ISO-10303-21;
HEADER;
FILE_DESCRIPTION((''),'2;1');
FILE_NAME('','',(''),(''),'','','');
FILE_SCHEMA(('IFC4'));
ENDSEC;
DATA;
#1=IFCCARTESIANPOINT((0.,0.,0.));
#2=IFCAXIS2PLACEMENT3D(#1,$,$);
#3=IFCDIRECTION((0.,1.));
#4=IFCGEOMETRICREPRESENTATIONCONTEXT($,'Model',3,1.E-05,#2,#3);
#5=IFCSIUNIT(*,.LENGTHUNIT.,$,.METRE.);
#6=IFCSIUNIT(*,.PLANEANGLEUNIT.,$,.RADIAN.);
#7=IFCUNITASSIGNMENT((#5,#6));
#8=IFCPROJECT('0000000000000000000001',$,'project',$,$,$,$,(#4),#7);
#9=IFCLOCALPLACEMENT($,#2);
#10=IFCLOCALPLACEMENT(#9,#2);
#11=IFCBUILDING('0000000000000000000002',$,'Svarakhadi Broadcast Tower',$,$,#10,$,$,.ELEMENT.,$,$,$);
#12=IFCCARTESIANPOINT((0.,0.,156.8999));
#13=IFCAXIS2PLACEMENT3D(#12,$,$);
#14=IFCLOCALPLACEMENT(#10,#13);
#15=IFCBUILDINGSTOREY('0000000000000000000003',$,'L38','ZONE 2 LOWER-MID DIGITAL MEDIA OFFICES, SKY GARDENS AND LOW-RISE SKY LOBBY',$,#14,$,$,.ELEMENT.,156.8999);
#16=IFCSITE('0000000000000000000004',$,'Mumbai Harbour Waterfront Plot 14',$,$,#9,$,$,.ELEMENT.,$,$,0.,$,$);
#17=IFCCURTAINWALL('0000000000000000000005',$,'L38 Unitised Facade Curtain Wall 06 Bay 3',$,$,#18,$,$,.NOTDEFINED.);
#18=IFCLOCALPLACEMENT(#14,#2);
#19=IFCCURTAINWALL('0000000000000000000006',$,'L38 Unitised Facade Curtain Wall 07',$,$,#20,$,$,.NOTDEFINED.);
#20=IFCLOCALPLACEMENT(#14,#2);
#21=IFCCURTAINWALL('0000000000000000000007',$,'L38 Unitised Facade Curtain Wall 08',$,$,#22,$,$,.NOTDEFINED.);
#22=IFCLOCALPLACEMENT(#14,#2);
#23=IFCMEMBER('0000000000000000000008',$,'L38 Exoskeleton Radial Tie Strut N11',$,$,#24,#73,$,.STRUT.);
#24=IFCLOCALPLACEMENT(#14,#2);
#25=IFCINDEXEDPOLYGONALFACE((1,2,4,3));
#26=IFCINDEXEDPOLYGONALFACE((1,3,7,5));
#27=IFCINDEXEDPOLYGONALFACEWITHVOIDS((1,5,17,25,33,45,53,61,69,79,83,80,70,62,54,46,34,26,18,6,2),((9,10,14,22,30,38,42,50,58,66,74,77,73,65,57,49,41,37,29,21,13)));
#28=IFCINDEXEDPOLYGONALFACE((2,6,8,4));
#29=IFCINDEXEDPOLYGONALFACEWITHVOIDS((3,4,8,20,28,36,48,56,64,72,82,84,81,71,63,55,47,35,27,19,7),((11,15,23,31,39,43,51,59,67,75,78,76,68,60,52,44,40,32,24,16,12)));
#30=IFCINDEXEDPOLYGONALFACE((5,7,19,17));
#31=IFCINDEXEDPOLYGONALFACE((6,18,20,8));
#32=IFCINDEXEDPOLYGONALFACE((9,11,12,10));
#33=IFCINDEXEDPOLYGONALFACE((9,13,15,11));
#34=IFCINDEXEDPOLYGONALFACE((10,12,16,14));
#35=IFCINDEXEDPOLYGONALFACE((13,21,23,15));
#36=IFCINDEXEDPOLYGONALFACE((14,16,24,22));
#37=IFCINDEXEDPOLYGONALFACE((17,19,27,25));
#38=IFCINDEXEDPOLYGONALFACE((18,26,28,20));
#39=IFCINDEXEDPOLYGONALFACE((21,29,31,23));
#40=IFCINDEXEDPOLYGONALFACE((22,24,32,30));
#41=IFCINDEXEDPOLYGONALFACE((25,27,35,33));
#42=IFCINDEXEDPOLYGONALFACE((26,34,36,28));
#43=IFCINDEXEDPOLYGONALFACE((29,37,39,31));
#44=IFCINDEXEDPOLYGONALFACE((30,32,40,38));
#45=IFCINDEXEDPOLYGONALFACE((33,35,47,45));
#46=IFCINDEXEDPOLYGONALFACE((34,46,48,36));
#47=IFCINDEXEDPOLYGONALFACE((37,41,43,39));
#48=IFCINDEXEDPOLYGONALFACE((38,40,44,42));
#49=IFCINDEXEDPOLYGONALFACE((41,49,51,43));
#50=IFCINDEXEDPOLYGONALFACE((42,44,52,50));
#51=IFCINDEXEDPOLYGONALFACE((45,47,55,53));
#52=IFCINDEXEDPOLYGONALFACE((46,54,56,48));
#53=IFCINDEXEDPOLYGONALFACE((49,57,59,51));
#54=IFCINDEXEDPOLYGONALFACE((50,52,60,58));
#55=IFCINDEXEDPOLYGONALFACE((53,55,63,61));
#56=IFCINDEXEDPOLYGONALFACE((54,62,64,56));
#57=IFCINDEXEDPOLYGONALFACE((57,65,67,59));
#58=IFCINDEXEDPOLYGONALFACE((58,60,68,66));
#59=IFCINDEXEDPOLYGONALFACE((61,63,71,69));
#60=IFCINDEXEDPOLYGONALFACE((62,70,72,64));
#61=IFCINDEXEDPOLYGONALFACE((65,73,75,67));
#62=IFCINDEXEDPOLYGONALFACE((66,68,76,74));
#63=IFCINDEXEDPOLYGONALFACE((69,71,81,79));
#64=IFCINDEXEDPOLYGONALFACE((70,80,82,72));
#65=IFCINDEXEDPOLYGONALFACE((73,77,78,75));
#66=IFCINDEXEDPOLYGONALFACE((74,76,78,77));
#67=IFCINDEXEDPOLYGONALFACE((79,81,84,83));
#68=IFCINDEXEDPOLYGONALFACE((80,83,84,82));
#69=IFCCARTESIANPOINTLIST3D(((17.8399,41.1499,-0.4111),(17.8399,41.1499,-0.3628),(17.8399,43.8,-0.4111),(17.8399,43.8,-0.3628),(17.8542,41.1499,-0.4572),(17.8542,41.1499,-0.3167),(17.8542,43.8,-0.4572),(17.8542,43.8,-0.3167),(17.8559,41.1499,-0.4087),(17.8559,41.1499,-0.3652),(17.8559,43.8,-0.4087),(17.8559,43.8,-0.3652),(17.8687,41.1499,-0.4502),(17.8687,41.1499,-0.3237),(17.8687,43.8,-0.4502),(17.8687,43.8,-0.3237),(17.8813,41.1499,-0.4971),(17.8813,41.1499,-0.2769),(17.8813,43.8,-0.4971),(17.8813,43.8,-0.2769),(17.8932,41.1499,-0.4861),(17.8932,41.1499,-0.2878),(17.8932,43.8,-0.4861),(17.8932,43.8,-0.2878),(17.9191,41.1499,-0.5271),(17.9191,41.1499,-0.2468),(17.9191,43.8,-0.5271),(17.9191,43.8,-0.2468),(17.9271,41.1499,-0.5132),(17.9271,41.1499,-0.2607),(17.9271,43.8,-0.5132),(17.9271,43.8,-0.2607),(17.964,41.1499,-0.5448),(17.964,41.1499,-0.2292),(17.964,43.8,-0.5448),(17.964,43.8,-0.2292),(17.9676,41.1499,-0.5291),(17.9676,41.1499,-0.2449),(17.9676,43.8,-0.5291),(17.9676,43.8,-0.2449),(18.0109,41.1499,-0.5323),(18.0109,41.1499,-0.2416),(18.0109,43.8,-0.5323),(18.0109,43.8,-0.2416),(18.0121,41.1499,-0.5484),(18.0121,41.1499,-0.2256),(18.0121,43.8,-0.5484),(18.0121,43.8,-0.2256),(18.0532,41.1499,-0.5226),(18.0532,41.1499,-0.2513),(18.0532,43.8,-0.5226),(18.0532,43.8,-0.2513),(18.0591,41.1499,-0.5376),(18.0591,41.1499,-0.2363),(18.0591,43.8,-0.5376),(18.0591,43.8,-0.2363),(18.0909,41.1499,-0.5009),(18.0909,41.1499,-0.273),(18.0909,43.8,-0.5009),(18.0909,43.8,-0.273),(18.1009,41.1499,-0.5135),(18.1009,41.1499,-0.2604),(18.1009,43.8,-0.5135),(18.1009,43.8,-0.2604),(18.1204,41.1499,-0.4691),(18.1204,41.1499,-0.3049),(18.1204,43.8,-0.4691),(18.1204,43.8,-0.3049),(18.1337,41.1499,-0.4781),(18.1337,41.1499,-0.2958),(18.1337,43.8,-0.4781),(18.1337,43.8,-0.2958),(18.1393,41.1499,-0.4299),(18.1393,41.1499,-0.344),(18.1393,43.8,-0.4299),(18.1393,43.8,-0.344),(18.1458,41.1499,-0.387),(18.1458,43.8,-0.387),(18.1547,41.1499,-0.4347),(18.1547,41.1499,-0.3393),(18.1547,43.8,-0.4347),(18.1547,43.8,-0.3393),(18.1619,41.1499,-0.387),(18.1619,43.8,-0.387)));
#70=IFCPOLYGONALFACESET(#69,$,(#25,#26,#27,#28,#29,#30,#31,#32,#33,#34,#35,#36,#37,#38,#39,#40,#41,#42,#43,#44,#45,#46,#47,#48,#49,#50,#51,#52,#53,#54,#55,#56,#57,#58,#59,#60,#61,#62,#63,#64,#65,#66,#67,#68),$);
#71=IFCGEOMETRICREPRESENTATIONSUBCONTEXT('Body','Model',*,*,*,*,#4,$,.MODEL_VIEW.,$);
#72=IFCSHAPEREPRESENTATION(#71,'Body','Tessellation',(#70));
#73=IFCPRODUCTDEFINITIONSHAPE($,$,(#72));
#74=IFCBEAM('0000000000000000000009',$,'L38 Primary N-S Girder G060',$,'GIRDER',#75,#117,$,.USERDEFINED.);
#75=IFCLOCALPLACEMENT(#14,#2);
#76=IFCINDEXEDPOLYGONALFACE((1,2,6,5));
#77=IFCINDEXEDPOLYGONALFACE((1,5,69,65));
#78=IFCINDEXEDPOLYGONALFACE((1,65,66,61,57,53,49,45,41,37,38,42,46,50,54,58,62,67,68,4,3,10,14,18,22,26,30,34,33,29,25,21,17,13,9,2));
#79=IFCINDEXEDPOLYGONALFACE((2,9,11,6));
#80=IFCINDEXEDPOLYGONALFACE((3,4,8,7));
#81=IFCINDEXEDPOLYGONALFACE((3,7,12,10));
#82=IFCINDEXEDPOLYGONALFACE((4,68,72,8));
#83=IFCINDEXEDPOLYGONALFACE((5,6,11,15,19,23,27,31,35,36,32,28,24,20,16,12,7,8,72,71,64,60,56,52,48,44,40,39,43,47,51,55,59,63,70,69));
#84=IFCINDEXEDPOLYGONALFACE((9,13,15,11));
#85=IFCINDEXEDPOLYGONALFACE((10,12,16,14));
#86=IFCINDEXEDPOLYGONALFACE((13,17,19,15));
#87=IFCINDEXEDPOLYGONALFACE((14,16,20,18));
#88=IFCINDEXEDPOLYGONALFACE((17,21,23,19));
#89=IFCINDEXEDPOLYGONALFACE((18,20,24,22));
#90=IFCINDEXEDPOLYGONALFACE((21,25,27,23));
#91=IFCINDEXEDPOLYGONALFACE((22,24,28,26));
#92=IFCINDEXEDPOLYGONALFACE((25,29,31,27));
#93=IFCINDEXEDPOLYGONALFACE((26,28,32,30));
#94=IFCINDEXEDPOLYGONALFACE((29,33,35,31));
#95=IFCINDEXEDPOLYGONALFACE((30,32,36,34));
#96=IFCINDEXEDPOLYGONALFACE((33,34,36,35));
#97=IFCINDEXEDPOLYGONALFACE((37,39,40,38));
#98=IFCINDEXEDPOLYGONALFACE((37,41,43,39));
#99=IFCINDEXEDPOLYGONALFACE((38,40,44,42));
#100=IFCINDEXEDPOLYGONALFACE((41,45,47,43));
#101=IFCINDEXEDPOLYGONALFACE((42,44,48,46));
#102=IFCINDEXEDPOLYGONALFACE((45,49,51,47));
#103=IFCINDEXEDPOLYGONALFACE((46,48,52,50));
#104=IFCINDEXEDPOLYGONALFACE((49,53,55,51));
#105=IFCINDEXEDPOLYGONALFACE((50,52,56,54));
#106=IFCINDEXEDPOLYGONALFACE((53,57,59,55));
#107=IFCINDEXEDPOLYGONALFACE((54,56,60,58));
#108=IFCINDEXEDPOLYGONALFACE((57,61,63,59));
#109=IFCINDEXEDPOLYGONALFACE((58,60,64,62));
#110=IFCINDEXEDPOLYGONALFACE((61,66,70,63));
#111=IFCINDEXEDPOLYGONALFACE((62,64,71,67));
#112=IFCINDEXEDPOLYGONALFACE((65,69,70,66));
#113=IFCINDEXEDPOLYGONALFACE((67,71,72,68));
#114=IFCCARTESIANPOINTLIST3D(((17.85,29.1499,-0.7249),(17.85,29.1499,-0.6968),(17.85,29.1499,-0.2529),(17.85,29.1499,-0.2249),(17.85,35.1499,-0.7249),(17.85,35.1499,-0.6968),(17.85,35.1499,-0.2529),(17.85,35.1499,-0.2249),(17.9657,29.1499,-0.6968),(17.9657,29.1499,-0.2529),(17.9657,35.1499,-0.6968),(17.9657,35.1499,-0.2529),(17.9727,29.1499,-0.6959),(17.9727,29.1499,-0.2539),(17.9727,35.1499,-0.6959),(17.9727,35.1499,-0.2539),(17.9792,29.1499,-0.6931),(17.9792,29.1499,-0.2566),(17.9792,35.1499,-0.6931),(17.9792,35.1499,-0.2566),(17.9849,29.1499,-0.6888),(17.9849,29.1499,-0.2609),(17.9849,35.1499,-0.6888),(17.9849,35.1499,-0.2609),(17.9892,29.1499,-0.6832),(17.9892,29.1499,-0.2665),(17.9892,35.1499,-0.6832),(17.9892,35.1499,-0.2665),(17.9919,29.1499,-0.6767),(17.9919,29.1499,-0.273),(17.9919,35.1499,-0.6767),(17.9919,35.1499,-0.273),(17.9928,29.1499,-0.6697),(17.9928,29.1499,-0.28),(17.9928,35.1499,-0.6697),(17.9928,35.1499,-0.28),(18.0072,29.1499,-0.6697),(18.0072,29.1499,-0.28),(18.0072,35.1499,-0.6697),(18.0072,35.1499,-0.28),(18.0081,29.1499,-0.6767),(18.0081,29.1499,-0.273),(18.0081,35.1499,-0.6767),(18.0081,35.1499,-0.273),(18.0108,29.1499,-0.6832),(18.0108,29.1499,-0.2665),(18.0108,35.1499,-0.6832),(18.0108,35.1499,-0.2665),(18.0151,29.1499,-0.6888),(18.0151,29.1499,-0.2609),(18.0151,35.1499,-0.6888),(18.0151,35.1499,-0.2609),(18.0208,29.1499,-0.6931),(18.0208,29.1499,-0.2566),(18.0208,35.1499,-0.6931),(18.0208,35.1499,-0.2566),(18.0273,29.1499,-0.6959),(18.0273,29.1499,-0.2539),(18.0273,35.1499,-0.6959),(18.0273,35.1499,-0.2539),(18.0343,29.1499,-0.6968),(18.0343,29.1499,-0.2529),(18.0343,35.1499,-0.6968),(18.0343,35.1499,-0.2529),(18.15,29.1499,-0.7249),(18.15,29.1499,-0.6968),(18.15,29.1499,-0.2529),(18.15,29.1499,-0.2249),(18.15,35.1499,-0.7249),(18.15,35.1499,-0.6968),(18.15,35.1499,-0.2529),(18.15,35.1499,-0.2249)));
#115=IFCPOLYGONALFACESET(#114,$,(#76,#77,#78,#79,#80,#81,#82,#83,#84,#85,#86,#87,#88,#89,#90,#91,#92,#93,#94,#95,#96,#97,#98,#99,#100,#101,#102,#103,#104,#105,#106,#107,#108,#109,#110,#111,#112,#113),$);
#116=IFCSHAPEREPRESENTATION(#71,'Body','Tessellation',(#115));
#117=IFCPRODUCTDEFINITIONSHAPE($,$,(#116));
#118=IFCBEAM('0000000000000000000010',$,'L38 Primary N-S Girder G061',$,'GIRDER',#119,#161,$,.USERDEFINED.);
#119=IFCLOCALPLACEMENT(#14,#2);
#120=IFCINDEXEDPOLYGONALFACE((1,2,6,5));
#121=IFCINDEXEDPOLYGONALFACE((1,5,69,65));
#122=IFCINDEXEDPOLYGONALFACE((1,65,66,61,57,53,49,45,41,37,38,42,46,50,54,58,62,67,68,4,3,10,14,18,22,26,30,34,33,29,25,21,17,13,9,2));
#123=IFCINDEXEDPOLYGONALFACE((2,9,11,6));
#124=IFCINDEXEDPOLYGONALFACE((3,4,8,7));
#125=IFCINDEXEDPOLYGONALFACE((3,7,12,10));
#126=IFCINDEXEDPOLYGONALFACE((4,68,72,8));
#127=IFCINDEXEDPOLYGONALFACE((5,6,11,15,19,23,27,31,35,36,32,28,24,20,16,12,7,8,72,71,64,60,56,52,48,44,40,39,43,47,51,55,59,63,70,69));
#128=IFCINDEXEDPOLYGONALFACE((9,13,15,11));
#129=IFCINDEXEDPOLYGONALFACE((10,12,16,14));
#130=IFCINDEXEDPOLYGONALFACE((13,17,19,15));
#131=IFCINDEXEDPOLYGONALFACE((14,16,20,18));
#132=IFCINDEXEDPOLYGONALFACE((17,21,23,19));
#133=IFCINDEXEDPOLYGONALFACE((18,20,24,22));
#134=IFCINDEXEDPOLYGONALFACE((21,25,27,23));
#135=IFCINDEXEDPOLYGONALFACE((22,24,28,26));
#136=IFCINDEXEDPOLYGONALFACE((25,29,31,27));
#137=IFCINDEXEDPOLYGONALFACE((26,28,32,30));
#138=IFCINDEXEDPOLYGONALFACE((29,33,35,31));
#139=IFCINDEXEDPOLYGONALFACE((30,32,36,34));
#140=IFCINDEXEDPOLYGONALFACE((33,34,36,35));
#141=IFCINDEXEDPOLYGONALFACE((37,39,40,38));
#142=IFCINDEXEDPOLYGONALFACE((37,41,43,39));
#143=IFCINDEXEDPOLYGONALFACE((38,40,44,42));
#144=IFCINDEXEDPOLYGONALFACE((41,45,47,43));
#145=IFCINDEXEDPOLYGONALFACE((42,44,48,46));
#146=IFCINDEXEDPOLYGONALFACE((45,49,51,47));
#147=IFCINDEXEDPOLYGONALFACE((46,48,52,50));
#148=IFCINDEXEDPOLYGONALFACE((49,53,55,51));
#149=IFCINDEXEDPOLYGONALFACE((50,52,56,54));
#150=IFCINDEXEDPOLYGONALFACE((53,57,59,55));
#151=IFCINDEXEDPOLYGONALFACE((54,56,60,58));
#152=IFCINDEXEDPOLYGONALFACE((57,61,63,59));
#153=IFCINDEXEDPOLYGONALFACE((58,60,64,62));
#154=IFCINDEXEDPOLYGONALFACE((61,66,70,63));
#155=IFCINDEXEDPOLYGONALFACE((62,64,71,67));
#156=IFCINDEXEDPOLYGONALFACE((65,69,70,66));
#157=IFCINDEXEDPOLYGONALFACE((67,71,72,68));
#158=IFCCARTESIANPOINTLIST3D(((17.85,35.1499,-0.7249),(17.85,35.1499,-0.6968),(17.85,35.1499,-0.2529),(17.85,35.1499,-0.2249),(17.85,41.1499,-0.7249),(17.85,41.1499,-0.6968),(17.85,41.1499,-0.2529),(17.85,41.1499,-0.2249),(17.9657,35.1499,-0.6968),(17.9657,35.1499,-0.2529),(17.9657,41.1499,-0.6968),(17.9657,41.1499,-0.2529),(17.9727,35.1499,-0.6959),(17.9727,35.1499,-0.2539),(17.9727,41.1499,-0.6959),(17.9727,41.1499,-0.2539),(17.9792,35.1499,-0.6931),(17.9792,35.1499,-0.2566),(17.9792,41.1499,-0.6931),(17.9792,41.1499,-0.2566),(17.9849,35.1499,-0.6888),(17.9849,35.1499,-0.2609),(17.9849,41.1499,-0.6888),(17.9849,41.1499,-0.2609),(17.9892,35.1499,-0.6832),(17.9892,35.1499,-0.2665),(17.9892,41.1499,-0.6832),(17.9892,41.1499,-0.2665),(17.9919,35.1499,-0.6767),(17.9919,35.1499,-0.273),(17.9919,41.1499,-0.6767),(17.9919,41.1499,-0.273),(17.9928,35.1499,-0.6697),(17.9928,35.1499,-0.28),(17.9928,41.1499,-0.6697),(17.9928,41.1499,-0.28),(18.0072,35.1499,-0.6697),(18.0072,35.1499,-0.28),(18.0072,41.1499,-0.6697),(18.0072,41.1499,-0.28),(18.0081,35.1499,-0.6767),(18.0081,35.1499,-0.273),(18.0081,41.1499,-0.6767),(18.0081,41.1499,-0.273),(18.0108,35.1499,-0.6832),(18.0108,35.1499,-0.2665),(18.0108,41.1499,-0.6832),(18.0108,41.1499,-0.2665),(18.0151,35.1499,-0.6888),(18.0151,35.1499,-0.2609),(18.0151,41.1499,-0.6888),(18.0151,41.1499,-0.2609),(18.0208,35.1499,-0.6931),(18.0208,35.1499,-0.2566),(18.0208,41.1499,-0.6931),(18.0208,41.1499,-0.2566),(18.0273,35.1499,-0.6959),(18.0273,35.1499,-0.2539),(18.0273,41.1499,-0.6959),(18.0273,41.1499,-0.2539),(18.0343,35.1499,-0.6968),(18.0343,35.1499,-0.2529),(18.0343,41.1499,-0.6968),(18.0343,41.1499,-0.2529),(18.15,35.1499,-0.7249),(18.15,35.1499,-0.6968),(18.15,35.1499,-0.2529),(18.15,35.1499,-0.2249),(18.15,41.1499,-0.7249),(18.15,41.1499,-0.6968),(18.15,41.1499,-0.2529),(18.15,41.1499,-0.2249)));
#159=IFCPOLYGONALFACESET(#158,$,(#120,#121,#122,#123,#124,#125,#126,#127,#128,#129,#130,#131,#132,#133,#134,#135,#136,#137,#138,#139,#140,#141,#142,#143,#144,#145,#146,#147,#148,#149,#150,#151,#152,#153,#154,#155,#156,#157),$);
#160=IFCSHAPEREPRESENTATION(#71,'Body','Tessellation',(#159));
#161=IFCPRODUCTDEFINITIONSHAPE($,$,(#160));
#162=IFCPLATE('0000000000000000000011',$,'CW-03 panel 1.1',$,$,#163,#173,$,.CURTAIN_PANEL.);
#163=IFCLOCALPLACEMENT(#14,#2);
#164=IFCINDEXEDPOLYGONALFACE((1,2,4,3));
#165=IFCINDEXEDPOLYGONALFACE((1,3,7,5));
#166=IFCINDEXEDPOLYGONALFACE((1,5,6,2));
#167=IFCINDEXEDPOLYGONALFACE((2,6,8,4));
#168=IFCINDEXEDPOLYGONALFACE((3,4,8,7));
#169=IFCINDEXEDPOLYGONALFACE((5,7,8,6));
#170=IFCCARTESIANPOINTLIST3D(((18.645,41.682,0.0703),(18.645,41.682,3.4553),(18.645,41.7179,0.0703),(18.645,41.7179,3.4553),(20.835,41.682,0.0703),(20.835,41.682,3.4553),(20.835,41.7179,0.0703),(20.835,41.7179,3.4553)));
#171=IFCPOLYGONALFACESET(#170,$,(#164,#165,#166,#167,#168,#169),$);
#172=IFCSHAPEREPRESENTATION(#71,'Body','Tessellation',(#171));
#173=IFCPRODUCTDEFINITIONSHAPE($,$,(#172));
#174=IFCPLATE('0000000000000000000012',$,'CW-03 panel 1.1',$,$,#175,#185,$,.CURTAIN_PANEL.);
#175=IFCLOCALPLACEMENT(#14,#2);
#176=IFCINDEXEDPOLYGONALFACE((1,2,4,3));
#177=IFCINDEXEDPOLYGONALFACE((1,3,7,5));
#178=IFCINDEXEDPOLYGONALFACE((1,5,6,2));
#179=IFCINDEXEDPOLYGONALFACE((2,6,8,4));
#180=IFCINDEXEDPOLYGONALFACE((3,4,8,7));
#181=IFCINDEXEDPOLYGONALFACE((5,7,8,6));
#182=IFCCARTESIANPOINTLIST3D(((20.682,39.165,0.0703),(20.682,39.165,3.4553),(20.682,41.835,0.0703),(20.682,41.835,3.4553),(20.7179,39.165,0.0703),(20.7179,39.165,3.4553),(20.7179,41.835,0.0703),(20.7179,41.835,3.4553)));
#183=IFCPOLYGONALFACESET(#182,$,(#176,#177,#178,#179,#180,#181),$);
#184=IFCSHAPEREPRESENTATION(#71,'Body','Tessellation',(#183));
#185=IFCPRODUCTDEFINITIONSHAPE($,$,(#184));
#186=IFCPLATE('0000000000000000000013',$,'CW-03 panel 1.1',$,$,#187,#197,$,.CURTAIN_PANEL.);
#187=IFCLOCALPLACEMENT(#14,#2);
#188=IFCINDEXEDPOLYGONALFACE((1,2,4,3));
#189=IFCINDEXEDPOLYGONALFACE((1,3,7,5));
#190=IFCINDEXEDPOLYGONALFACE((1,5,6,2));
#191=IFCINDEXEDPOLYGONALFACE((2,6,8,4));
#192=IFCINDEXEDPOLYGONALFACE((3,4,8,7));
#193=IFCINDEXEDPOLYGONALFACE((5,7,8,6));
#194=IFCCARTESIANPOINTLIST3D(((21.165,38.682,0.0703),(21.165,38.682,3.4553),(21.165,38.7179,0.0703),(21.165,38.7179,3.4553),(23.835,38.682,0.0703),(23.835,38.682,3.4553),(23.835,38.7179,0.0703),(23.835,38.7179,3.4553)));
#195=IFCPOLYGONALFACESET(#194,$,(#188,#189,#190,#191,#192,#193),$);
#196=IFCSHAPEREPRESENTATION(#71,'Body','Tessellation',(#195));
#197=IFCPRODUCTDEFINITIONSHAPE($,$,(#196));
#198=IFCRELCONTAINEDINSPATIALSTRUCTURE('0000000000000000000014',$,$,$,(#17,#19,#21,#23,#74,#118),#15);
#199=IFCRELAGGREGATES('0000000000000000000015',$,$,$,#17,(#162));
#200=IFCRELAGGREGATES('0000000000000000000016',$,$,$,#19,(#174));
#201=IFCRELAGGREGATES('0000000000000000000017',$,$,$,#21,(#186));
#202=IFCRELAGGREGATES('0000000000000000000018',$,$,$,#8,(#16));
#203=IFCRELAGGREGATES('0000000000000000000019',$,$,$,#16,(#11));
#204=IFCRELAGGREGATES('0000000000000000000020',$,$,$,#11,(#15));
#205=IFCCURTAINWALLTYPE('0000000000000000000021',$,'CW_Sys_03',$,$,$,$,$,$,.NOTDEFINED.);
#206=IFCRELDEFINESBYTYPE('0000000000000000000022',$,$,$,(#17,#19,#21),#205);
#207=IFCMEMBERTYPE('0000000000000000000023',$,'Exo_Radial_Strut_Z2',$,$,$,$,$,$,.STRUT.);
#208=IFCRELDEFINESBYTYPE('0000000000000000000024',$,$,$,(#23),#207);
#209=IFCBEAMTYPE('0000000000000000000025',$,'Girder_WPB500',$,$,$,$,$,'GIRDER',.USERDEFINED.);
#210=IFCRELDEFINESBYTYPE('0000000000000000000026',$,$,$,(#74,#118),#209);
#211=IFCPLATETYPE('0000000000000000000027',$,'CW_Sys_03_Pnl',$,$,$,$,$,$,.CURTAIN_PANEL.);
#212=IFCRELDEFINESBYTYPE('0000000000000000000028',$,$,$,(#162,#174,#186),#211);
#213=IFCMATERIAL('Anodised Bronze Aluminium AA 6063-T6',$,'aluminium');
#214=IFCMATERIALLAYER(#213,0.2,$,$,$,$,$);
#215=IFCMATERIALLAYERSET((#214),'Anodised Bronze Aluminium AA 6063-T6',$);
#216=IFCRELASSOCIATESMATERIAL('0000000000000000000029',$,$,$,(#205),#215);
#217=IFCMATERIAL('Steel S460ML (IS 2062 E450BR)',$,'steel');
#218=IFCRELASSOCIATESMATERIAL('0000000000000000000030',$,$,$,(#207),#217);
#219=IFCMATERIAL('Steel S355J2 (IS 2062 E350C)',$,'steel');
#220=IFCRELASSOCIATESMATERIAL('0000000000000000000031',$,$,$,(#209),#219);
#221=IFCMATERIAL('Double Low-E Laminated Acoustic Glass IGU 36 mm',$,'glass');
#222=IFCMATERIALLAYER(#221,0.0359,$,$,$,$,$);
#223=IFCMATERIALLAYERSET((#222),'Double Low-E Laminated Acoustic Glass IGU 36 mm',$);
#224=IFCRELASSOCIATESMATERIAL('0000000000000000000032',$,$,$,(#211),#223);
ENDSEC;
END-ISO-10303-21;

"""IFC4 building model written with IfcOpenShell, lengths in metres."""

from ifc_helpers import new_model, si_unit, direction, frame, origin, origin_2d, place, context, subcontext, project, spatial, rectangle, hollow_circle, i_section, extrude, material, layer, layer_set, material_profile, profile_set, type_object, element, aggregate, save


model = new_model("IFC4")

# Units and contexts
model_context = context("Model", 3, precision=1e-05, world=origin(), true_north=direction((0.0, 1.0)))
body_context = subcontext(model_context, "Body", "Model", "MODEL_VIEW")
ifc_project = project(units=[si_unit("LENGTHUNIT", "METRE"), si_unit("PLANEANGLEUNIT", "RADIAN")], contexts=[model_context])

# Site, building, storey
site_placement = place(None, origin())
site = spatial("IfcSite", under=ifc_project, at=site_placement, Name="Mumbai Harbour Waterfront Plot 14", CompositionType="ELEMENT", RefElevation=0.0)
building_placement = place(site_placement, origin())
building = spatial("IfcBuilding", under=site, at=building_placement, Name="Svarakhadi Broadcast Tower", CompositionType="ELEMENT")
storey_placement = place(building_placement, frame((0.0, 0.0, 156.8999)))
storey = spatial("IfcBuildingStorey", under=building, at=storey_placement, Name="L38", Description="ZONE 2 LOWER-MID DIGITAL MEDIA OFFICES, SKY GARDENS AND LOW-RISE SKY LOBBY", CompositionType="ELEMENT", Elevation=156.8999)

# Curtain walls
ifc_material_1 = material(Name="Anodised Bronze Aluminium AA 6063-T6", Category="aluminium")
ifc_layer_1 = layer(ifc_material_1, 0.2)
ifc_layer_set_1 = layer_set([ifc_layer_1], Name="Anodised Bronze Aluminium AA 6063-T6")
curtain_wall_type = type_object("IfcCurtainWallType", Name="CW_Sys_03", PredefinedType="NOTDEFINED", material=ifc_layer_set_1)
curtain_wall_1_placement = place(storey_placement, origin())
curtain_wall_1 = element("IfcCurtainWall", 1, at=curtain_wall_1_placement, inside=storey, type_object=curtain_wall_type, Name="L38 Unitised Facade Curtain Wall 06 Bay 3", PredefinedType="NOTDEFINED")
curtain_wall_2_placement = place(storey_placement, origin())
curtain_wall_2 = element("IfcCurtainWall", 2, at=curtain_wall_2_placement, inside=storey, type_object=curtain_wall_type, Name="L38 Unitised Facade Curtain Wall 07", PredefinedType="NOTDEFINED")

# Curtain wall
curtain_wall_3_placement = place(storey_placement, origin())
curtain_wall_3 = element("IfcCurtainWall", 3, at=curtain_wall_3_placement, inside=storey, type_object=curtain_wall_type, Name="L38 Unitised Facade Curtain Wall 08", PredefinedType="NOTDEFINED")

# Member
ifc_material_2 = material(Name="Steel S460ML (IS 2062 E450BR)", Category="steel")
ifc_material_profile_1 = material_profile(ifc_material_2, hollow_circle(Radius=0.1619, WallThickness=0.0161, at=origin_2d()), Name="CHS 323.9x16")
ifc_profile_set_1 = profile_set([ifc_material_profile_1], Name="Steel S460ML (IS 2062 E450BR)")
member_type_1 = type_object("IfcMemberType", Name="Exo_Radial_Strut_Z2", PredefinedType="STRUT", material=ifc_profile_set_1)
member_1_placement = place(storey_placement, frame((18.0, 43.8, -0.387), z_axis=(0.0, -1.0, 0.0), x_axis=(1.0, 0.0, 0.0)))
element("IfcMember", 4, at=member_1_placement, inside=storey, type_object=member_type_1, Name="L38 Exoskeleton Radial Tie Strut N11", PredefinedType="STRUT", context=body_context, shape_type="SweptSolid", body=[
    extrude(hollow_circle(Radius=0.1619, WallThickness=0.0161, at=origin_2d()), origin(), (0.0, 0.0, 1.0), 2.6501),
])

# Beams
ifc_material_3 = material(Name="Steel S355J2 (IS 2062 E350C)", Category="steel")
ifc_material_profile_2 = material_profile(ifc_material_3, i_section(OverallWidth=0.3, OverallDepth=0.5, WebThickness=0.0144, FlangeThickness=0.0281, FilletRadius=0.0271, at=origin_2d()), Name="WPB 500x300x187")
ifc_profile_set_2 = profile_set([ifc_material_profile_2], Name="Steel S355J2 (IS 2062 E350C)")
beam_type = type_object("IfcBeamType", Name="Girder_WPB500", ElementType="GIRDER", PredefinedType="USERDEFINED", material=ifc_profile_set_2)
for number, where, z_axis, x_axis, name in (
    (5, (18.0, 29.1499, -0.4749), (0.0, 1.0, 0.0), (-1.0, 0.0, 0.0), "L38 Primary N-S Girder G060"),
    (6, (18.0, 35.1499, -0.4749), (0.0, 1.0, 0.0), (-1.0, 0.0, 0.0), "L38 Primary N-S Girder G061"),
):
    element("IfcBeam", number, at=place(storey_placement, frame(where, z_axis=z_axis, x_axis=x_axis)), inside=storey, type_object=beam_type, Name=name, ObjectType="GIRDER", PredefinedType="USERDEFINED", context=body_context, shape_type="SweptSolid", body=[
        extrude(i_section(OverallWidth=0.3, OverallDepth=0.5, WebThickness=0.0144, FlangeThickness=0.0281, FilletRadius=0.0271, at=origin_2d()), origin(), (0.0, 0.0, 1.0), 6.0),
    ])

# Plates
ifc_material_4 = material(Name="Double Low-E Laminated Acoustic Glass IGU 36 mm", Category="glass")
ifc_layer_2 = layer(ifc_material_4, 0.0359)
ifc_layer_set_2 = layer_set([ifc_layer_2], Name="Double Low-E Laminated Acoustic Glass IGU 36 mm")
plate_type_1 = type_object("IfcPlateType", Name="CW_Sys_03_Pnl", PredefinedType="CURTAIN_PANEL", material=ifc_layer_set_2)
plate_1_placement = place(storey_placement, frame((19.74, 41.7, 0.0703), z_axis=(0.0, 0.0, 1.0), x_axis=(1.0, 0.0, 0.0)))
plate_1 = element("IfcPlate", 7, at=plate_1_placement, type_object=plate_type_1, Name="CW-03 panel 1.1", PredefinedType="CURTAIN_PANEL", context=body_context, shape_type="SweptSolid", body=[
    extrude(rectangle(XDim=2.1899, YDim=0.0359, at=origin_2d()), origin(), (0.0, 0.0, 1.0), 3.385),
])
aggregate(curtain_wall_1, [plate_1])
plate_2_placement = place(storey_placement, frame((20.7, 40.5, 0.0703), z_axis=(0.0, 0.0, 1.0), x_axis=(0.0, -1.0, 0.0)))
plate_2 = element("IfcPlate", 8, at=plate_2_placement, type_object=plate_type_1, Name="CW-03 panel 1.1", PredefinedType="CURTAIN_PANEL", context=body_context, shape_type="SweptSolid", body=[
    extrude(rectangle(XDim=2.6699, YDim=0.0359, at=origin_2d()), origin(), (0.0, 0.0, 1.0), 3.385),
])
aggregate(curtain_wall_2, [plate_2])
plate_3_placement = place(storey_placement, frame((22.5, 38.7, 0.0703), z_axis=(0.0, 0.0, 1.0), x_axis=(1.0, 0.0, 0.0)))
plate_3 = element("IfcPlate", 9, at=plate_3_placement, type_object=plate_type_1, Name="CW-03 panel 1.1", PredefinedType="CURTAIN_PANEL", context=body_context, shape_type="SweptSolid", body=[
    extrude(rectangle(XDim=2.6699, YDim=0.0359, at=origin_2d()), origin(), (0.0, 0.0, 1.0), 3.385),
])
aggregate(curtain_wall_3, [plate_3])

save(model, "model.ifc")
